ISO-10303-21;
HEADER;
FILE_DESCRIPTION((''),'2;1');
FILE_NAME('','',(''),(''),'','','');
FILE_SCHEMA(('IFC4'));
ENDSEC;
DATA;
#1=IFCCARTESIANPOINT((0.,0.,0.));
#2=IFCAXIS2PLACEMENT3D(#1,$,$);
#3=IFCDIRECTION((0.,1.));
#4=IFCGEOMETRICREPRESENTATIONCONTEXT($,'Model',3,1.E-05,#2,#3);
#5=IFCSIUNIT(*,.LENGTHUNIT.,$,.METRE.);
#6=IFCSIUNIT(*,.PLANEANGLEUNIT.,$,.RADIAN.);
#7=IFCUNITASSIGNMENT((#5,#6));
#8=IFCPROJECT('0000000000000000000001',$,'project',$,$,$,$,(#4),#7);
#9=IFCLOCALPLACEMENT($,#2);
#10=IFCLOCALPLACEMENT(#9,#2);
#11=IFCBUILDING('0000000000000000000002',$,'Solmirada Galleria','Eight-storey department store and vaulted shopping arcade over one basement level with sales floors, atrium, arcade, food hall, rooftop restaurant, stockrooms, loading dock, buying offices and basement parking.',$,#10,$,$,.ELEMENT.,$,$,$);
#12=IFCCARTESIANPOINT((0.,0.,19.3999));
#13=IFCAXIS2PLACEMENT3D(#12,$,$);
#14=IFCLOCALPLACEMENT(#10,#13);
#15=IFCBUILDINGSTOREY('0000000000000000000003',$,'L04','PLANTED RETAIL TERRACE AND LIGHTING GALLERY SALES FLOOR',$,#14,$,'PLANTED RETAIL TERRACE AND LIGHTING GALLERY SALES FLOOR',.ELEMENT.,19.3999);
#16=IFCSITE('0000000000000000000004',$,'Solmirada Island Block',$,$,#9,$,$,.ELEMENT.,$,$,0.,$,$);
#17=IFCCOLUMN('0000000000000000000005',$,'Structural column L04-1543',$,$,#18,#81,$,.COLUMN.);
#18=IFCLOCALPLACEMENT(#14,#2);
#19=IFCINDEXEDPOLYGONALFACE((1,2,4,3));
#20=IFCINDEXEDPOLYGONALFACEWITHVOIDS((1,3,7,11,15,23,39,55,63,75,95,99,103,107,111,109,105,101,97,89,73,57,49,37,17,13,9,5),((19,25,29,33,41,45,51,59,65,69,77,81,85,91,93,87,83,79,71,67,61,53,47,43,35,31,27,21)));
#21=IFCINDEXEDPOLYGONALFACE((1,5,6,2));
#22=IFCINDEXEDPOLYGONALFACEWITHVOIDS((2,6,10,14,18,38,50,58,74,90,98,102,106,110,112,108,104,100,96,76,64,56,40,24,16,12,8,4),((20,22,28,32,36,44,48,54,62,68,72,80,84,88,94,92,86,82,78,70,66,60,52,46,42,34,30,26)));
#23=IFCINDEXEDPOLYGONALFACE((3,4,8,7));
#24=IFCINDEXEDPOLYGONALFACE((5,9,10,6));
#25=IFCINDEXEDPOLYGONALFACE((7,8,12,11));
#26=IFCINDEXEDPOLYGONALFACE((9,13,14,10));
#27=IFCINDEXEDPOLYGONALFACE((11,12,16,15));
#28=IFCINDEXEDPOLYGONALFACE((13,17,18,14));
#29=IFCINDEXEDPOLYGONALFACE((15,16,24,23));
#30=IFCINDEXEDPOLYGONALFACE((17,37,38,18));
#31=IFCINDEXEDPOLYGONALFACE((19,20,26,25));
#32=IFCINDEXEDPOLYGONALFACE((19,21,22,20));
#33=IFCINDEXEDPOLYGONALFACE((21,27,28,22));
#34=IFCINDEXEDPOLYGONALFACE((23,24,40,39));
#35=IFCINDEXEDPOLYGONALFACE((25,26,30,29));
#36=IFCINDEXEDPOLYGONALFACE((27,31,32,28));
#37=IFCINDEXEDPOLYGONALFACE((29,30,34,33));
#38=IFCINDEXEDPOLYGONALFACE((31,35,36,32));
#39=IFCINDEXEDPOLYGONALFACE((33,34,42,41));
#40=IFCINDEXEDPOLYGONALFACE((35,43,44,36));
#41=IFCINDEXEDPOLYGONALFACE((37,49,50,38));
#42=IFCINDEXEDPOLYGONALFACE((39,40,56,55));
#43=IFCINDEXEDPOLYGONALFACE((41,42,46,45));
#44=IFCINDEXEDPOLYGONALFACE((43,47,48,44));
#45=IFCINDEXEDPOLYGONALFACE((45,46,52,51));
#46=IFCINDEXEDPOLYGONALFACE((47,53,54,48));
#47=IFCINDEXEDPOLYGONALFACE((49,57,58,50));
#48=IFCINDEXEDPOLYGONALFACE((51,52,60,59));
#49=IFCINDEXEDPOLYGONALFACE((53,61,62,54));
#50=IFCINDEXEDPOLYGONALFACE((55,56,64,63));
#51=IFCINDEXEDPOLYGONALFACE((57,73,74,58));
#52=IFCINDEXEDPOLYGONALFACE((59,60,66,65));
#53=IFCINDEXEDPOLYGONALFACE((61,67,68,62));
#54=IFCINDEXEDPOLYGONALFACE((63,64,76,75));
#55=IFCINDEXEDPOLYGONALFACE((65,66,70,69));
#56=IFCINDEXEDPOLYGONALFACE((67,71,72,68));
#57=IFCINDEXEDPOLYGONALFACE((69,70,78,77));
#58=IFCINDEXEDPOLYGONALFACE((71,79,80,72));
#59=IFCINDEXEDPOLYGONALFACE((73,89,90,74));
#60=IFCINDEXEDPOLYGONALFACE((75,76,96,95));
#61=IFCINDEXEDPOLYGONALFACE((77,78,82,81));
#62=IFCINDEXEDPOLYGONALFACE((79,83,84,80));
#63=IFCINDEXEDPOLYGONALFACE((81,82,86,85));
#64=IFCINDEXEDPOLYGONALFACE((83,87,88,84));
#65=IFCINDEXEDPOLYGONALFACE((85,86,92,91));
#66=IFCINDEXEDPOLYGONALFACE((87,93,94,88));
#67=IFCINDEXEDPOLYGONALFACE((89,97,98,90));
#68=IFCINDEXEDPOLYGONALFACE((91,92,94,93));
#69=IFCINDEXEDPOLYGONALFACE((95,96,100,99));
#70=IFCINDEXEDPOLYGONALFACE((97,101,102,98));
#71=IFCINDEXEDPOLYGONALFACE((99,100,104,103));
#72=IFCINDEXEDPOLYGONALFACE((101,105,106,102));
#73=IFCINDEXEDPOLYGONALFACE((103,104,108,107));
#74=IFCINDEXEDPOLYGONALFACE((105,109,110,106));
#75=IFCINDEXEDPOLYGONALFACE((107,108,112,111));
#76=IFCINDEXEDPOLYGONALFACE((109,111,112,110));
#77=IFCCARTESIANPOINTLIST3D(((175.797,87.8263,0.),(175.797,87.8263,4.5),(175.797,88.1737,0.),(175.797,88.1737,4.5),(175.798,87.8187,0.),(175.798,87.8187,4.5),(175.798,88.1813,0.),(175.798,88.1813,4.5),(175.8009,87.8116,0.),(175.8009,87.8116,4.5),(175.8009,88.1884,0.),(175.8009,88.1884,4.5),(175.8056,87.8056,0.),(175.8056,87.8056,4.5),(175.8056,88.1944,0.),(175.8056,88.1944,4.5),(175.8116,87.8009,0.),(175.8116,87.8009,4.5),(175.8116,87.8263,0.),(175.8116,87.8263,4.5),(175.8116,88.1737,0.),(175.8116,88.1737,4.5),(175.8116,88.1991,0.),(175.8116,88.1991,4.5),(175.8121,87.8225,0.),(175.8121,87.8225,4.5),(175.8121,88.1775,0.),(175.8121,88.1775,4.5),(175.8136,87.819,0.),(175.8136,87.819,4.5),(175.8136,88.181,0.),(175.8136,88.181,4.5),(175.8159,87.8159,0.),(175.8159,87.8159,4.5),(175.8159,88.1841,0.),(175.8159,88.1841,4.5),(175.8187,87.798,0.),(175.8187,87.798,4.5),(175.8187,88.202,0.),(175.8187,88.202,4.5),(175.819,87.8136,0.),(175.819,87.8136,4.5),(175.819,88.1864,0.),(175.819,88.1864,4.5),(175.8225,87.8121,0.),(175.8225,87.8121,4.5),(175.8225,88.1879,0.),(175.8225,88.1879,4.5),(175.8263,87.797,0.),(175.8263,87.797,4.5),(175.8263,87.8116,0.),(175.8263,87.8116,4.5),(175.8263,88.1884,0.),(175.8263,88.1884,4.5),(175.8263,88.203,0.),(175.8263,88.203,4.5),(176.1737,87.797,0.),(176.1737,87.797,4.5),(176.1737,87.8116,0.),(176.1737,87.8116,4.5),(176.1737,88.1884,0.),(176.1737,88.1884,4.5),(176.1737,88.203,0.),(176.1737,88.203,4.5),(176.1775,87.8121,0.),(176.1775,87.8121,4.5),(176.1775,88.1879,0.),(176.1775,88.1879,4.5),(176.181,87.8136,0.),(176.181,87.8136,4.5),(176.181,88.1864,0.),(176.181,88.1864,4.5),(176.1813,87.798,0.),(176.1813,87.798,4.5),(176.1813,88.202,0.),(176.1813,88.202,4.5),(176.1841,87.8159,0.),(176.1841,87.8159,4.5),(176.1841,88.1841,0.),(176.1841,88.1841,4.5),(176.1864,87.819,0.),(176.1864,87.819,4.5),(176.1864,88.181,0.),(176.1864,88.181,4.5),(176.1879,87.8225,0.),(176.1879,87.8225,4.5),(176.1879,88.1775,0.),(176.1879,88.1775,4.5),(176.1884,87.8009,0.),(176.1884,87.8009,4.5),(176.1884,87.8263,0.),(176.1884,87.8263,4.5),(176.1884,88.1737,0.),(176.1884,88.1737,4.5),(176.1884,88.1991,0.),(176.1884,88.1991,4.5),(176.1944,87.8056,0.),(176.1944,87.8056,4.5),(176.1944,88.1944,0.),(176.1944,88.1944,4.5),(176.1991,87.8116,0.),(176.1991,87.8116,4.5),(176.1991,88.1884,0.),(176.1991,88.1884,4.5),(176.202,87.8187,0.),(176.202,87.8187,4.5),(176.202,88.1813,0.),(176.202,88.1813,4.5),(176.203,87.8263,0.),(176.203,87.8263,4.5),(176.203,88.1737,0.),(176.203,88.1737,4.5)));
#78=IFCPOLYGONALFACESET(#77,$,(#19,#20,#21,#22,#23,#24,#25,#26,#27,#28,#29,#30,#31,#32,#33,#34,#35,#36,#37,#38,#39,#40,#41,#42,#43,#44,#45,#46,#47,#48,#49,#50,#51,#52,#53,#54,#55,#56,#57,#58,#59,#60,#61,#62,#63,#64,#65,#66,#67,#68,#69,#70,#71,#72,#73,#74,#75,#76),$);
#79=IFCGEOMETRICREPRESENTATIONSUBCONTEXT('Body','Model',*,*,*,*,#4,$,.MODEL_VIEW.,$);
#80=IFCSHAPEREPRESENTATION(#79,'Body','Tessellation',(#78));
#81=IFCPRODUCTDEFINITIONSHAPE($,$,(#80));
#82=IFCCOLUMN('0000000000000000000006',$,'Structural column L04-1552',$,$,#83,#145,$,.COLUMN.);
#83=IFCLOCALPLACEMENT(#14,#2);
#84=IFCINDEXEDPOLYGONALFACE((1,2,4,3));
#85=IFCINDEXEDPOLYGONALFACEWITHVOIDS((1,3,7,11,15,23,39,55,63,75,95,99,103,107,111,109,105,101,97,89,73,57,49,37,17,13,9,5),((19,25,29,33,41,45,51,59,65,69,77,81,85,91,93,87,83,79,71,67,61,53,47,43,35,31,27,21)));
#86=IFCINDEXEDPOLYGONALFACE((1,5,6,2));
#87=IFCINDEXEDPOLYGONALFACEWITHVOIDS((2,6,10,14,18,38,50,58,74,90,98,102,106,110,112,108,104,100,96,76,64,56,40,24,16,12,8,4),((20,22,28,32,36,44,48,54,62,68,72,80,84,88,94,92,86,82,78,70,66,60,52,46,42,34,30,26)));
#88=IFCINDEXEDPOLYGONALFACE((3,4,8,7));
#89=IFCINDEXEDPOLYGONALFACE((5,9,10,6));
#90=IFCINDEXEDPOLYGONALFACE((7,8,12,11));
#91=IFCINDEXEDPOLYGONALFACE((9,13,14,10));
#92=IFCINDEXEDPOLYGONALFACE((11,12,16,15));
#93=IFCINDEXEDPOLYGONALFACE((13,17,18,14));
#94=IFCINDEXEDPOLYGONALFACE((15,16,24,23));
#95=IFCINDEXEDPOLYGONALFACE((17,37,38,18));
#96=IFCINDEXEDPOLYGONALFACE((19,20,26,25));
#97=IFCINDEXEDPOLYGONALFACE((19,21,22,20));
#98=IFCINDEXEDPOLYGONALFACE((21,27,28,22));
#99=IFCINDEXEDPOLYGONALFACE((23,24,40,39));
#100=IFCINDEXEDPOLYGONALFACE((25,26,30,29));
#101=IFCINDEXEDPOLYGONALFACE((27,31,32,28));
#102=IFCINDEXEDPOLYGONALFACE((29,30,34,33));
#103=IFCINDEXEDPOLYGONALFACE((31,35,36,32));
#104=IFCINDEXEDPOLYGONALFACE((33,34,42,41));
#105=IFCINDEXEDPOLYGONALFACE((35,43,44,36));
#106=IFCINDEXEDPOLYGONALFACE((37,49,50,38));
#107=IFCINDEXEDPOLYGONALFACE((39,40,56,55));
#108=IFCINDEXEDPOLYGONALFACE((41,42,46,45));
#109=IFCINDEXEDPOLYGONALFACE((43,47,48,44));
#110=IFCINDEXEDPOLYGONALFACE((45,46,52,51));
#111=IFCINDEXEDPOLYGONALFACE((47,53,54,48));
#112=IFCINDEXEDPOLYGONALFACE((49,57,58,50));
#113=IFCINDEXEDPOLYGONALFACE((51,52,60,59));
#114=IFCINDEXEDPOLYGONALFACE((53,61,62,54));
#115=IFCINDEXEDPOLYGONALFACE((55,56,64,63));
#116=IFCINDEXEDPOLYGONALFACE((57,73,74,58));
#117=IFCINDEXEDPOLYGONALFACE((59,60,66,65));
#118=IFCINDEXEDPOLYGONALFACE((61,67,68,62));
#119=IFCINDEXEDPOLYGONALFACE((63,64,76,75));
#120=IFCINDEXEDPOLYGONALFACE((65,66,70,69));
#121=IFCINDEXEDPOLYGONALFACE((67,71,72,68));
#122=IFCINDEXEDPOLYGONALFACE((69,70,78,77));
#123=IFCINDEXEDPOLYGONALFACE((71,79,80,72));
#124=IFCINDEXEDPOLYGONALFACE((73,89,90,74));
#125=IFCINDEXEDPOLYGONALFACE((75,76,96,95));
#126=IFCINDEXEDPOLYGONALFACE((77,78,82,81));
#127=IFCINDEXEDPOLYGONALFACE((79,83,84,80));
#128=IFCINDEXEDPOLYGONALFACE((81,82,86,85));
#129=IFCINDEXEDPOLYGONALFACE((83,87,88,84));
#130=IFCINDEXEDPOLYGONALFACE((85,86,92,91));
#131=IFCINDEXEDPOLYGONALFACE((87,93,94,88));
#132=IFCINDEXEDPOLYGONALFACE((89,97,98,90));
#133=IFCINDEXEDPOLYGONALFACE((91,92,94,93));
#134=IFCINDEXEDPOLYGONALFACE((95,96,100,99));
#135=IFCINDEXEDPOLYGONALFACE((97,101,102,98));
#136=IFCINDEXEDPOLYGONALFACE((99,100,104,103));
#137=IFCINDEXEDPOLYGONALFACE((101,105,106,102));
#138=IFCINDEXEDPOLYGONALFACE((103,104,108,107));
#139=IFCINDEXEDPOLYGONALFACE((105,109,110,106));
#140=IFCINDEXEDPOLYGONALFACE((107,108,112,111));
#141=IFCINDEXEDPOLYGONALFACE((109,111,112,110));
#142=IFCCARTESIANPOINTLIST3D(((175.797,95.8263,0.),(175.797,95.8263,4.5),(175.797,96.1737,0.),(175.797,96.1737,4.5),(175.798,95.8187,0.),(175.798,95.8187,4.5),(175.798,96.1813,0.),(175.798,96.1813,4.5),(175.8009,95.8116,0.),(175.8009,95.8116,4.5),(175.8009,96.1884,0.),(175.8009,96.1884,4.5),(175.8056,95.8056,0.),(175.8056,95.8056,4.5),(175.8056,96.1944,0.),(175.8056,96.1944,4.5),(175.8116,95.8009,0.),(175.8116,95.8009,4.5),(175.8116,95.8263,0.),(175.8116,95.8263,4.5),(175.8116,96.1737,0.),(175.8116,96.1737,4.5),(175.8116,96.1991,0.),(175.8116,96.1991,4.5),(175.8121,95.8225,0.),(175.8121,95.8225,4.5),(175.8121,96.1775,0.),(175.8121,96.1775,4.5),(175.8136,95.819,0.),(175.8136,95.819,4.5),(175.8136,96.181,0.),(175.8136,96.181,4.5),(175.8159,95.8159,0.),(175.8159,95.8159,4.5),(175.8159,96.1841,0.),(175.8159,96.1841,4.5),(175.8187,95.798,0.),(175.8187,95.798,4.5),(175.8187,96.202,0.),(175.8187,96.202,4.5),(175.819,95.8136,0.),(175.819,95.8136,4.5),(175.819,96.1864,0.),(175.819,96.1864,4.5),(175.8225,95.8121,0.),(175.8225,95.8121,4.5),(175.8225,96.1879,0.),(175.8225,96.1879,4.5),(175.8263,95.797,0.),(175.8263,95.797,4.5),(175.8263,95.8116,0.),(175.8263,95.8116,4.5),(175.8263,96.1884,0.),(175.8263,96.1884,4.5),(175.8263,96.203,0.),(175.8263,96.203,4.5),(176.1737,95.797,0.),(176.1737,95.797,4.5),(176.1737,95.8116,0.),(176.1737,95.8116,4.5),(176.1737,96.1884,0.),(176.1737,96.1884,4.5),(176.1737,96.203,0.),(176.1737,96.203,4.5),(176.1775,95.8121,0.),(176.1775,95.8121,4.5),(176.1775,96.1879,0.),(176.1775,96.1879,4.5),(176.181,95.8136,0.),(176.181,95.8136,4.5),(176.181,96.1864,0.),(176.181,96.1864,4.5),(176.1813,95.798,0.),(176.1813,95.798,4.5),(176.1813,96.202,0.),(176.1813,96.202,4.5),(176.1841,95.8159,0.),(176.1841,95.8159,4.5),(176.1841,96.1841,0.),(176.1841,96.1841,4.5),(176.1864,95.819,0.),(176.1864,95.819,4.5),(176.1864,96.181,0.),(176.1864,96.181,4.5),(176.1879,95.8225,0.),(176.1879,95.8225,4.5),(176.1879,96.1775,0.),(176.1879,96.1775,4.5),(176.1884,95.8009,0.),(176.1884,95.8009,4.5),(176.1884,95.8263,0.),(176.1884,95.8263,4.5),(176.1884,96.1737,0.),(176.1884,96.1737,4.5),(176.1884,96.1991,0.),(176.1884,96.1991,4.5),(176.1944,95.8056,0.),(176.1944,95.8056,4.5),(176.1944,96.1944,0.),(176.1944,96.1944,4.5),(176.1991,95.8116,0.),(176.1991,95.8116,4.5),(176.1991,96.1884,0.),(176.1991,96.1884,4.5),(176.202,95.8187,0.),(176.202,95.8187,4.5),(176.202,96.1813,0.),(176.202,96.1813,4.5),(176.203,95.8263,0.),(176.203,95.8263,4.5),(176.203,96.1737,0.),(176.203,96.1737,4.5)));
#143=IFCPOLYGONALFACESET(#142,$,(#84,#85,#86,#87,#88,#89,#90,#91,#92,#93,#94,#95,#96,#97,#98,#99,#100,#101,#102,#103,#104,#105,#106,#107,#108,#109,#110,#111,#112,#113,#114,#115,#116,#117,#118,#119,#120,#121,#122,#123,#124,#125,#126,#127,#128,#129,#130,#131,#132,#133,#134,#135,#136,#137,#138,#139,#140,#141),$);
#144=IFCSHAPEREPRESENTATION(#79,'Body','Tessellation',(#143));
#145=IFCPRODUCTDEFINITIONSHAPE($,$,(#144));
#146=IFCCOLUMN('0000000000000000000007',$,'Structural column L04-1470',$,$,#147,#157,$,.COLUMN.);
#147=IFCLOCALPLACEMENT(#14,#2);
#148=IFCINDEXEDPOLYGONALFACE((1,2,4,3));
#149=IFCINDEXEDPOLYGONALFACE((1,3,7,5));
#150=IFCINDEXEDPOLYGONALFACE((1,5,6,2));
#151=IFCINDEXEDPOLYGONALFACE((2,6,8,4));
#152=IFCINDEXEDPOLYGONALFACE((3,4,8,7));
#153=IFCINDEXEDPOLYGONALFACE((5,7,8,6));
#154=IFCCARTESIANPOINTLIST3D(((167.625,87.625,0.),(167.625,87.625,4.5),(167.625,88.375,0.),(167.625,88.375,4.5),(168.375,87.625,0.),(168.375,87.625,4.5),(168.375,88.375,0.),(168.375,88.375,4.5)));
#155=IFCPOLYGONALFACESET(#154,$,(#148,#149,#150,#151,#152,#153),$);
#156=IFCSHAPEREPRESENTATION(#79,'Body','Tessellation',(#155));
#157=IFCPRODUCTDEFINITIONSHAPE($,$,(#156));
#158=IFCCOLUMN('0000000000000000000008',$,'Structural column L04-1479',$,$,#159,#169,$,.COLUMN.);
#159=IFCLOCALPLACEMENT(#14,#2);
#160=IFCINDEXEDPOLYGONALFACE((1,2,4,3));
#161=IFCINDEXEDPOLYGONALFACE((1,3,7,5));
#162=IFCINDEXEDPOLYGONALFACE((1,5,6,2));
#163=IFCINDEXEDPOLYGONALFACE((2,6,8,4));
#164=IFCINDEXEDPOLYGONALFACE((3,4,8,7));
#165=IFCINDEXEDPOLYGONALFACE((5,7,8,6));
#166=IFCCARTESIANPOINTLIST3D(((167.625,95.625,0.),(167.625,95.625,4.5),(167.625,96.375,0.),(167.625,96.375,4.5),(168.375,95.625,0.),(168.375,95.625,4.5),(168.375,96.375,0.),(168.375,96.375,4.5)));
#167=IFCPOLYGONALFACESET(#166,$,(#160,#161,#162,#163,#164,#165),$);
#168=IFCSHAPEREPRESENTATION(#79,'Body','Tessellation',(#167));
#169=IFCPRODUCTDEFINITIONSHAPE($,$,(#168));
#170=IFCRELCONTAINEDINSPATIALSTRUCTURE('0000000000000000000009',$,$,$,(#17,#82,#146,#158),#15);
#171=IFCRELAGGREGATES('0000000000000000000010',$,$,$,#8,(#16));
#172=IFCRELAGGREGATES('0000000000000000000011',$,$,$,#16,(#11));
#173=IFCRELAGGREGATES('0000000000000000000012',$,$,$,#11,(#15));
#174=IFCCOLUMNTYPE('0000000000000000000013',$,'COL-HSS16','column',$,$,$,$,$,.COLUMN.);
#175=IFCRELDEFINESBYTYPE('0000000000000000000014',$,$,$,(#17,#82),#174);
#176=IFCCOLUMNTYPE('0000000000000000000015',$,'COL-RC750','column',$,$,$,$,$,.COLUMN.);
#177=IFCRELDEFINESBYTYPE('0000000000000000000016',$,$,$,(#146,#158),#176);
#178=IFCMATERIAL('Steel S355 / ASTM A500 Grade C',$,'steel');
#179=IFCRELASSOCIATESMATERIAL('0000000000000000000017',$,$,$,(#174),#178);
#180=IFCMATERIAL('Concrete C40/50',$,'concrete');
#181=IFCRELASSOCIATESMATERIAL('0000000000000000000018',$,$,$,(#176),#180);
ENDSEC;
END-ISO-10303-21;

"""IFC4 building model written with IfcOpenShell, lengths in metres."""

from ifc_helpers import new_model, si_unit, direction, frame, origin, origin_2d, place, context, subcontext, project, spatial, rectangle, hollow_rectangle, extrude, material, material_profile, profile_set, type_object, element, save


model = new_model("IFC4")

# Units and contexts
model_context = context("Model", 3, precision=1e-05, world=origin(), true_north=direction((0.0, 1.0)))
body_context = subcontext(model_context, "Body", "Model", "MODEL_VIEW")
ifc_project = project(units=[si_unit("LENGTHUNIT", "METRE"), si_unit("PLANEANGLEUNIT", "RADIAN")], contexts=[model_context])

# Site, building, storey
site_placement = place(None, origin())
site = spatial("IfcSite", under=ifc_project, at=site_placement, Name="Solmirada Island Block", CompositionType="ELEMENT", RefElevation=0.0)
building_placement = place(site_placement, origin())
building = spatial("IfcBuilding", under=site, at=building_placement, Name="Solmirada Galleria", Description="Eight-storey department store and vaulted shopping arcade over one basement level with sales floors, atrium, arcade, food hall, rooftop restaurant, stockrooms, loading dock, buying offices and basement parking.", CompositionType="ELEMENT")
storey_placement = place(building_placement, frame((0.0, 0.0, 19.3999)))
storey = spatial("IfcBuildingStorey", under=building, at=storey_placement, Name="L04", Description="PLANTED RETAIL TERRACE AND LIGHTING GALLERY SALES FLOOR", LongName="PLANTED RETAIL TERRACE AND LIGHTING GALLERY SALES FLOOR", CompositionType="ELEMENT", Elevation=19.3999)

# Columns
ifc_material_1 = material(Name="Steel S355 / ASTM A500 Grade C", Category="steel")
ifc_material_profile_1 = material_profile(ifc_material_1, hollow_rectangle(XDim=0.406, YDim=0.406, WallThickness=0.0146, InnerFilletRadius=0.0146, OuterFilletRadius=0.0293, at=origin_2d()), Name="HSS16X16X5/8")
ifc_profile_set_1 = profile_set([ifc_material_profile_1], Name="Steel S355 / ASTM A500 Grade C")
column_type_1 = type_object("IfcColumnType", Name="COL-HSS16", Description="column", PredefinedType="COLUMN", material=ifc_profile_set_1)
for number, where, z_axis, x_axis, name in (
    (1, (176.0, 88.0, 0.0), (0.0, 0.0, 1.0), (1.0, 0.0, 0.0), "Structural column L04-1543"),
    (2, (176.0, 96.0, 0.0), (0.0, 0.0, 1.0), (1.0, 0.0, 0.0), "Structural column L04-1552"),
):
    element("IfcColumn", number, at=place(storey_placement, frame(where, z_axis=z_axis, x_axis=x_axis)), inside=storey, type_object=column_type_1, Name=name, PredefinedType="COLUMN", context=body_context, shape_type="SweptSolid", body=[
        extrude(hollow_rectangle(XDim=0.406, YDim=0.406, WallThickness=0.0146, InnerFilletRadius=0.0146, OuterFilletRadius=0.0293, at=origin_2d()), origin(), (0.0, 0.0, 1.0), 4.5),
    ])
ifc_material_2 = material(Name="Concrete C40/50", Category="concrete")
ifc_material_profile_2 = material_profile(ifc_material_2, rectangle(XDim=0.75, YDim=0.75, at=origin_2d()), Name="RC750X750")
ifc_profile_set_2 = profile_set([ifc_material_profile_2], Name="Concrete C40/50")
column_type_2 = type_object("IfcColumnType", Name="COL-RC750", Description="column", PredefinedType="COLUMN", material=ifc_profile_set_2)
for number, where, z_axis, x_axis, name in (
    (3, (168.0, 88.0, 0.0), (0.0, 0.0, 1.0), (1.0, 0.0, 0.0), "Structural column L04-1470"),
    (4, (168.0, 96.0, 0.0), (0.0, 0.0, 1.0), (1.0, 0.0, 0.0), "Structural column L04-1479"),
):
    element("IfcColumn", number, at=place(storey_placement, frame(where, z_axis=z_axis, x_axis=x_axis)), inside=storey, type_object=column_type_2, Name=name, PredefinedType="COLUMN", context=body_context, shape_type="SweptSolid", body=[
        extrude(rectangle(XDim=0.75, YDim=0.75, at=origin_2d()), origin(), (0.0, 0.0, 1.0), 4.5),
    ])

save(model, "model.ifc")
